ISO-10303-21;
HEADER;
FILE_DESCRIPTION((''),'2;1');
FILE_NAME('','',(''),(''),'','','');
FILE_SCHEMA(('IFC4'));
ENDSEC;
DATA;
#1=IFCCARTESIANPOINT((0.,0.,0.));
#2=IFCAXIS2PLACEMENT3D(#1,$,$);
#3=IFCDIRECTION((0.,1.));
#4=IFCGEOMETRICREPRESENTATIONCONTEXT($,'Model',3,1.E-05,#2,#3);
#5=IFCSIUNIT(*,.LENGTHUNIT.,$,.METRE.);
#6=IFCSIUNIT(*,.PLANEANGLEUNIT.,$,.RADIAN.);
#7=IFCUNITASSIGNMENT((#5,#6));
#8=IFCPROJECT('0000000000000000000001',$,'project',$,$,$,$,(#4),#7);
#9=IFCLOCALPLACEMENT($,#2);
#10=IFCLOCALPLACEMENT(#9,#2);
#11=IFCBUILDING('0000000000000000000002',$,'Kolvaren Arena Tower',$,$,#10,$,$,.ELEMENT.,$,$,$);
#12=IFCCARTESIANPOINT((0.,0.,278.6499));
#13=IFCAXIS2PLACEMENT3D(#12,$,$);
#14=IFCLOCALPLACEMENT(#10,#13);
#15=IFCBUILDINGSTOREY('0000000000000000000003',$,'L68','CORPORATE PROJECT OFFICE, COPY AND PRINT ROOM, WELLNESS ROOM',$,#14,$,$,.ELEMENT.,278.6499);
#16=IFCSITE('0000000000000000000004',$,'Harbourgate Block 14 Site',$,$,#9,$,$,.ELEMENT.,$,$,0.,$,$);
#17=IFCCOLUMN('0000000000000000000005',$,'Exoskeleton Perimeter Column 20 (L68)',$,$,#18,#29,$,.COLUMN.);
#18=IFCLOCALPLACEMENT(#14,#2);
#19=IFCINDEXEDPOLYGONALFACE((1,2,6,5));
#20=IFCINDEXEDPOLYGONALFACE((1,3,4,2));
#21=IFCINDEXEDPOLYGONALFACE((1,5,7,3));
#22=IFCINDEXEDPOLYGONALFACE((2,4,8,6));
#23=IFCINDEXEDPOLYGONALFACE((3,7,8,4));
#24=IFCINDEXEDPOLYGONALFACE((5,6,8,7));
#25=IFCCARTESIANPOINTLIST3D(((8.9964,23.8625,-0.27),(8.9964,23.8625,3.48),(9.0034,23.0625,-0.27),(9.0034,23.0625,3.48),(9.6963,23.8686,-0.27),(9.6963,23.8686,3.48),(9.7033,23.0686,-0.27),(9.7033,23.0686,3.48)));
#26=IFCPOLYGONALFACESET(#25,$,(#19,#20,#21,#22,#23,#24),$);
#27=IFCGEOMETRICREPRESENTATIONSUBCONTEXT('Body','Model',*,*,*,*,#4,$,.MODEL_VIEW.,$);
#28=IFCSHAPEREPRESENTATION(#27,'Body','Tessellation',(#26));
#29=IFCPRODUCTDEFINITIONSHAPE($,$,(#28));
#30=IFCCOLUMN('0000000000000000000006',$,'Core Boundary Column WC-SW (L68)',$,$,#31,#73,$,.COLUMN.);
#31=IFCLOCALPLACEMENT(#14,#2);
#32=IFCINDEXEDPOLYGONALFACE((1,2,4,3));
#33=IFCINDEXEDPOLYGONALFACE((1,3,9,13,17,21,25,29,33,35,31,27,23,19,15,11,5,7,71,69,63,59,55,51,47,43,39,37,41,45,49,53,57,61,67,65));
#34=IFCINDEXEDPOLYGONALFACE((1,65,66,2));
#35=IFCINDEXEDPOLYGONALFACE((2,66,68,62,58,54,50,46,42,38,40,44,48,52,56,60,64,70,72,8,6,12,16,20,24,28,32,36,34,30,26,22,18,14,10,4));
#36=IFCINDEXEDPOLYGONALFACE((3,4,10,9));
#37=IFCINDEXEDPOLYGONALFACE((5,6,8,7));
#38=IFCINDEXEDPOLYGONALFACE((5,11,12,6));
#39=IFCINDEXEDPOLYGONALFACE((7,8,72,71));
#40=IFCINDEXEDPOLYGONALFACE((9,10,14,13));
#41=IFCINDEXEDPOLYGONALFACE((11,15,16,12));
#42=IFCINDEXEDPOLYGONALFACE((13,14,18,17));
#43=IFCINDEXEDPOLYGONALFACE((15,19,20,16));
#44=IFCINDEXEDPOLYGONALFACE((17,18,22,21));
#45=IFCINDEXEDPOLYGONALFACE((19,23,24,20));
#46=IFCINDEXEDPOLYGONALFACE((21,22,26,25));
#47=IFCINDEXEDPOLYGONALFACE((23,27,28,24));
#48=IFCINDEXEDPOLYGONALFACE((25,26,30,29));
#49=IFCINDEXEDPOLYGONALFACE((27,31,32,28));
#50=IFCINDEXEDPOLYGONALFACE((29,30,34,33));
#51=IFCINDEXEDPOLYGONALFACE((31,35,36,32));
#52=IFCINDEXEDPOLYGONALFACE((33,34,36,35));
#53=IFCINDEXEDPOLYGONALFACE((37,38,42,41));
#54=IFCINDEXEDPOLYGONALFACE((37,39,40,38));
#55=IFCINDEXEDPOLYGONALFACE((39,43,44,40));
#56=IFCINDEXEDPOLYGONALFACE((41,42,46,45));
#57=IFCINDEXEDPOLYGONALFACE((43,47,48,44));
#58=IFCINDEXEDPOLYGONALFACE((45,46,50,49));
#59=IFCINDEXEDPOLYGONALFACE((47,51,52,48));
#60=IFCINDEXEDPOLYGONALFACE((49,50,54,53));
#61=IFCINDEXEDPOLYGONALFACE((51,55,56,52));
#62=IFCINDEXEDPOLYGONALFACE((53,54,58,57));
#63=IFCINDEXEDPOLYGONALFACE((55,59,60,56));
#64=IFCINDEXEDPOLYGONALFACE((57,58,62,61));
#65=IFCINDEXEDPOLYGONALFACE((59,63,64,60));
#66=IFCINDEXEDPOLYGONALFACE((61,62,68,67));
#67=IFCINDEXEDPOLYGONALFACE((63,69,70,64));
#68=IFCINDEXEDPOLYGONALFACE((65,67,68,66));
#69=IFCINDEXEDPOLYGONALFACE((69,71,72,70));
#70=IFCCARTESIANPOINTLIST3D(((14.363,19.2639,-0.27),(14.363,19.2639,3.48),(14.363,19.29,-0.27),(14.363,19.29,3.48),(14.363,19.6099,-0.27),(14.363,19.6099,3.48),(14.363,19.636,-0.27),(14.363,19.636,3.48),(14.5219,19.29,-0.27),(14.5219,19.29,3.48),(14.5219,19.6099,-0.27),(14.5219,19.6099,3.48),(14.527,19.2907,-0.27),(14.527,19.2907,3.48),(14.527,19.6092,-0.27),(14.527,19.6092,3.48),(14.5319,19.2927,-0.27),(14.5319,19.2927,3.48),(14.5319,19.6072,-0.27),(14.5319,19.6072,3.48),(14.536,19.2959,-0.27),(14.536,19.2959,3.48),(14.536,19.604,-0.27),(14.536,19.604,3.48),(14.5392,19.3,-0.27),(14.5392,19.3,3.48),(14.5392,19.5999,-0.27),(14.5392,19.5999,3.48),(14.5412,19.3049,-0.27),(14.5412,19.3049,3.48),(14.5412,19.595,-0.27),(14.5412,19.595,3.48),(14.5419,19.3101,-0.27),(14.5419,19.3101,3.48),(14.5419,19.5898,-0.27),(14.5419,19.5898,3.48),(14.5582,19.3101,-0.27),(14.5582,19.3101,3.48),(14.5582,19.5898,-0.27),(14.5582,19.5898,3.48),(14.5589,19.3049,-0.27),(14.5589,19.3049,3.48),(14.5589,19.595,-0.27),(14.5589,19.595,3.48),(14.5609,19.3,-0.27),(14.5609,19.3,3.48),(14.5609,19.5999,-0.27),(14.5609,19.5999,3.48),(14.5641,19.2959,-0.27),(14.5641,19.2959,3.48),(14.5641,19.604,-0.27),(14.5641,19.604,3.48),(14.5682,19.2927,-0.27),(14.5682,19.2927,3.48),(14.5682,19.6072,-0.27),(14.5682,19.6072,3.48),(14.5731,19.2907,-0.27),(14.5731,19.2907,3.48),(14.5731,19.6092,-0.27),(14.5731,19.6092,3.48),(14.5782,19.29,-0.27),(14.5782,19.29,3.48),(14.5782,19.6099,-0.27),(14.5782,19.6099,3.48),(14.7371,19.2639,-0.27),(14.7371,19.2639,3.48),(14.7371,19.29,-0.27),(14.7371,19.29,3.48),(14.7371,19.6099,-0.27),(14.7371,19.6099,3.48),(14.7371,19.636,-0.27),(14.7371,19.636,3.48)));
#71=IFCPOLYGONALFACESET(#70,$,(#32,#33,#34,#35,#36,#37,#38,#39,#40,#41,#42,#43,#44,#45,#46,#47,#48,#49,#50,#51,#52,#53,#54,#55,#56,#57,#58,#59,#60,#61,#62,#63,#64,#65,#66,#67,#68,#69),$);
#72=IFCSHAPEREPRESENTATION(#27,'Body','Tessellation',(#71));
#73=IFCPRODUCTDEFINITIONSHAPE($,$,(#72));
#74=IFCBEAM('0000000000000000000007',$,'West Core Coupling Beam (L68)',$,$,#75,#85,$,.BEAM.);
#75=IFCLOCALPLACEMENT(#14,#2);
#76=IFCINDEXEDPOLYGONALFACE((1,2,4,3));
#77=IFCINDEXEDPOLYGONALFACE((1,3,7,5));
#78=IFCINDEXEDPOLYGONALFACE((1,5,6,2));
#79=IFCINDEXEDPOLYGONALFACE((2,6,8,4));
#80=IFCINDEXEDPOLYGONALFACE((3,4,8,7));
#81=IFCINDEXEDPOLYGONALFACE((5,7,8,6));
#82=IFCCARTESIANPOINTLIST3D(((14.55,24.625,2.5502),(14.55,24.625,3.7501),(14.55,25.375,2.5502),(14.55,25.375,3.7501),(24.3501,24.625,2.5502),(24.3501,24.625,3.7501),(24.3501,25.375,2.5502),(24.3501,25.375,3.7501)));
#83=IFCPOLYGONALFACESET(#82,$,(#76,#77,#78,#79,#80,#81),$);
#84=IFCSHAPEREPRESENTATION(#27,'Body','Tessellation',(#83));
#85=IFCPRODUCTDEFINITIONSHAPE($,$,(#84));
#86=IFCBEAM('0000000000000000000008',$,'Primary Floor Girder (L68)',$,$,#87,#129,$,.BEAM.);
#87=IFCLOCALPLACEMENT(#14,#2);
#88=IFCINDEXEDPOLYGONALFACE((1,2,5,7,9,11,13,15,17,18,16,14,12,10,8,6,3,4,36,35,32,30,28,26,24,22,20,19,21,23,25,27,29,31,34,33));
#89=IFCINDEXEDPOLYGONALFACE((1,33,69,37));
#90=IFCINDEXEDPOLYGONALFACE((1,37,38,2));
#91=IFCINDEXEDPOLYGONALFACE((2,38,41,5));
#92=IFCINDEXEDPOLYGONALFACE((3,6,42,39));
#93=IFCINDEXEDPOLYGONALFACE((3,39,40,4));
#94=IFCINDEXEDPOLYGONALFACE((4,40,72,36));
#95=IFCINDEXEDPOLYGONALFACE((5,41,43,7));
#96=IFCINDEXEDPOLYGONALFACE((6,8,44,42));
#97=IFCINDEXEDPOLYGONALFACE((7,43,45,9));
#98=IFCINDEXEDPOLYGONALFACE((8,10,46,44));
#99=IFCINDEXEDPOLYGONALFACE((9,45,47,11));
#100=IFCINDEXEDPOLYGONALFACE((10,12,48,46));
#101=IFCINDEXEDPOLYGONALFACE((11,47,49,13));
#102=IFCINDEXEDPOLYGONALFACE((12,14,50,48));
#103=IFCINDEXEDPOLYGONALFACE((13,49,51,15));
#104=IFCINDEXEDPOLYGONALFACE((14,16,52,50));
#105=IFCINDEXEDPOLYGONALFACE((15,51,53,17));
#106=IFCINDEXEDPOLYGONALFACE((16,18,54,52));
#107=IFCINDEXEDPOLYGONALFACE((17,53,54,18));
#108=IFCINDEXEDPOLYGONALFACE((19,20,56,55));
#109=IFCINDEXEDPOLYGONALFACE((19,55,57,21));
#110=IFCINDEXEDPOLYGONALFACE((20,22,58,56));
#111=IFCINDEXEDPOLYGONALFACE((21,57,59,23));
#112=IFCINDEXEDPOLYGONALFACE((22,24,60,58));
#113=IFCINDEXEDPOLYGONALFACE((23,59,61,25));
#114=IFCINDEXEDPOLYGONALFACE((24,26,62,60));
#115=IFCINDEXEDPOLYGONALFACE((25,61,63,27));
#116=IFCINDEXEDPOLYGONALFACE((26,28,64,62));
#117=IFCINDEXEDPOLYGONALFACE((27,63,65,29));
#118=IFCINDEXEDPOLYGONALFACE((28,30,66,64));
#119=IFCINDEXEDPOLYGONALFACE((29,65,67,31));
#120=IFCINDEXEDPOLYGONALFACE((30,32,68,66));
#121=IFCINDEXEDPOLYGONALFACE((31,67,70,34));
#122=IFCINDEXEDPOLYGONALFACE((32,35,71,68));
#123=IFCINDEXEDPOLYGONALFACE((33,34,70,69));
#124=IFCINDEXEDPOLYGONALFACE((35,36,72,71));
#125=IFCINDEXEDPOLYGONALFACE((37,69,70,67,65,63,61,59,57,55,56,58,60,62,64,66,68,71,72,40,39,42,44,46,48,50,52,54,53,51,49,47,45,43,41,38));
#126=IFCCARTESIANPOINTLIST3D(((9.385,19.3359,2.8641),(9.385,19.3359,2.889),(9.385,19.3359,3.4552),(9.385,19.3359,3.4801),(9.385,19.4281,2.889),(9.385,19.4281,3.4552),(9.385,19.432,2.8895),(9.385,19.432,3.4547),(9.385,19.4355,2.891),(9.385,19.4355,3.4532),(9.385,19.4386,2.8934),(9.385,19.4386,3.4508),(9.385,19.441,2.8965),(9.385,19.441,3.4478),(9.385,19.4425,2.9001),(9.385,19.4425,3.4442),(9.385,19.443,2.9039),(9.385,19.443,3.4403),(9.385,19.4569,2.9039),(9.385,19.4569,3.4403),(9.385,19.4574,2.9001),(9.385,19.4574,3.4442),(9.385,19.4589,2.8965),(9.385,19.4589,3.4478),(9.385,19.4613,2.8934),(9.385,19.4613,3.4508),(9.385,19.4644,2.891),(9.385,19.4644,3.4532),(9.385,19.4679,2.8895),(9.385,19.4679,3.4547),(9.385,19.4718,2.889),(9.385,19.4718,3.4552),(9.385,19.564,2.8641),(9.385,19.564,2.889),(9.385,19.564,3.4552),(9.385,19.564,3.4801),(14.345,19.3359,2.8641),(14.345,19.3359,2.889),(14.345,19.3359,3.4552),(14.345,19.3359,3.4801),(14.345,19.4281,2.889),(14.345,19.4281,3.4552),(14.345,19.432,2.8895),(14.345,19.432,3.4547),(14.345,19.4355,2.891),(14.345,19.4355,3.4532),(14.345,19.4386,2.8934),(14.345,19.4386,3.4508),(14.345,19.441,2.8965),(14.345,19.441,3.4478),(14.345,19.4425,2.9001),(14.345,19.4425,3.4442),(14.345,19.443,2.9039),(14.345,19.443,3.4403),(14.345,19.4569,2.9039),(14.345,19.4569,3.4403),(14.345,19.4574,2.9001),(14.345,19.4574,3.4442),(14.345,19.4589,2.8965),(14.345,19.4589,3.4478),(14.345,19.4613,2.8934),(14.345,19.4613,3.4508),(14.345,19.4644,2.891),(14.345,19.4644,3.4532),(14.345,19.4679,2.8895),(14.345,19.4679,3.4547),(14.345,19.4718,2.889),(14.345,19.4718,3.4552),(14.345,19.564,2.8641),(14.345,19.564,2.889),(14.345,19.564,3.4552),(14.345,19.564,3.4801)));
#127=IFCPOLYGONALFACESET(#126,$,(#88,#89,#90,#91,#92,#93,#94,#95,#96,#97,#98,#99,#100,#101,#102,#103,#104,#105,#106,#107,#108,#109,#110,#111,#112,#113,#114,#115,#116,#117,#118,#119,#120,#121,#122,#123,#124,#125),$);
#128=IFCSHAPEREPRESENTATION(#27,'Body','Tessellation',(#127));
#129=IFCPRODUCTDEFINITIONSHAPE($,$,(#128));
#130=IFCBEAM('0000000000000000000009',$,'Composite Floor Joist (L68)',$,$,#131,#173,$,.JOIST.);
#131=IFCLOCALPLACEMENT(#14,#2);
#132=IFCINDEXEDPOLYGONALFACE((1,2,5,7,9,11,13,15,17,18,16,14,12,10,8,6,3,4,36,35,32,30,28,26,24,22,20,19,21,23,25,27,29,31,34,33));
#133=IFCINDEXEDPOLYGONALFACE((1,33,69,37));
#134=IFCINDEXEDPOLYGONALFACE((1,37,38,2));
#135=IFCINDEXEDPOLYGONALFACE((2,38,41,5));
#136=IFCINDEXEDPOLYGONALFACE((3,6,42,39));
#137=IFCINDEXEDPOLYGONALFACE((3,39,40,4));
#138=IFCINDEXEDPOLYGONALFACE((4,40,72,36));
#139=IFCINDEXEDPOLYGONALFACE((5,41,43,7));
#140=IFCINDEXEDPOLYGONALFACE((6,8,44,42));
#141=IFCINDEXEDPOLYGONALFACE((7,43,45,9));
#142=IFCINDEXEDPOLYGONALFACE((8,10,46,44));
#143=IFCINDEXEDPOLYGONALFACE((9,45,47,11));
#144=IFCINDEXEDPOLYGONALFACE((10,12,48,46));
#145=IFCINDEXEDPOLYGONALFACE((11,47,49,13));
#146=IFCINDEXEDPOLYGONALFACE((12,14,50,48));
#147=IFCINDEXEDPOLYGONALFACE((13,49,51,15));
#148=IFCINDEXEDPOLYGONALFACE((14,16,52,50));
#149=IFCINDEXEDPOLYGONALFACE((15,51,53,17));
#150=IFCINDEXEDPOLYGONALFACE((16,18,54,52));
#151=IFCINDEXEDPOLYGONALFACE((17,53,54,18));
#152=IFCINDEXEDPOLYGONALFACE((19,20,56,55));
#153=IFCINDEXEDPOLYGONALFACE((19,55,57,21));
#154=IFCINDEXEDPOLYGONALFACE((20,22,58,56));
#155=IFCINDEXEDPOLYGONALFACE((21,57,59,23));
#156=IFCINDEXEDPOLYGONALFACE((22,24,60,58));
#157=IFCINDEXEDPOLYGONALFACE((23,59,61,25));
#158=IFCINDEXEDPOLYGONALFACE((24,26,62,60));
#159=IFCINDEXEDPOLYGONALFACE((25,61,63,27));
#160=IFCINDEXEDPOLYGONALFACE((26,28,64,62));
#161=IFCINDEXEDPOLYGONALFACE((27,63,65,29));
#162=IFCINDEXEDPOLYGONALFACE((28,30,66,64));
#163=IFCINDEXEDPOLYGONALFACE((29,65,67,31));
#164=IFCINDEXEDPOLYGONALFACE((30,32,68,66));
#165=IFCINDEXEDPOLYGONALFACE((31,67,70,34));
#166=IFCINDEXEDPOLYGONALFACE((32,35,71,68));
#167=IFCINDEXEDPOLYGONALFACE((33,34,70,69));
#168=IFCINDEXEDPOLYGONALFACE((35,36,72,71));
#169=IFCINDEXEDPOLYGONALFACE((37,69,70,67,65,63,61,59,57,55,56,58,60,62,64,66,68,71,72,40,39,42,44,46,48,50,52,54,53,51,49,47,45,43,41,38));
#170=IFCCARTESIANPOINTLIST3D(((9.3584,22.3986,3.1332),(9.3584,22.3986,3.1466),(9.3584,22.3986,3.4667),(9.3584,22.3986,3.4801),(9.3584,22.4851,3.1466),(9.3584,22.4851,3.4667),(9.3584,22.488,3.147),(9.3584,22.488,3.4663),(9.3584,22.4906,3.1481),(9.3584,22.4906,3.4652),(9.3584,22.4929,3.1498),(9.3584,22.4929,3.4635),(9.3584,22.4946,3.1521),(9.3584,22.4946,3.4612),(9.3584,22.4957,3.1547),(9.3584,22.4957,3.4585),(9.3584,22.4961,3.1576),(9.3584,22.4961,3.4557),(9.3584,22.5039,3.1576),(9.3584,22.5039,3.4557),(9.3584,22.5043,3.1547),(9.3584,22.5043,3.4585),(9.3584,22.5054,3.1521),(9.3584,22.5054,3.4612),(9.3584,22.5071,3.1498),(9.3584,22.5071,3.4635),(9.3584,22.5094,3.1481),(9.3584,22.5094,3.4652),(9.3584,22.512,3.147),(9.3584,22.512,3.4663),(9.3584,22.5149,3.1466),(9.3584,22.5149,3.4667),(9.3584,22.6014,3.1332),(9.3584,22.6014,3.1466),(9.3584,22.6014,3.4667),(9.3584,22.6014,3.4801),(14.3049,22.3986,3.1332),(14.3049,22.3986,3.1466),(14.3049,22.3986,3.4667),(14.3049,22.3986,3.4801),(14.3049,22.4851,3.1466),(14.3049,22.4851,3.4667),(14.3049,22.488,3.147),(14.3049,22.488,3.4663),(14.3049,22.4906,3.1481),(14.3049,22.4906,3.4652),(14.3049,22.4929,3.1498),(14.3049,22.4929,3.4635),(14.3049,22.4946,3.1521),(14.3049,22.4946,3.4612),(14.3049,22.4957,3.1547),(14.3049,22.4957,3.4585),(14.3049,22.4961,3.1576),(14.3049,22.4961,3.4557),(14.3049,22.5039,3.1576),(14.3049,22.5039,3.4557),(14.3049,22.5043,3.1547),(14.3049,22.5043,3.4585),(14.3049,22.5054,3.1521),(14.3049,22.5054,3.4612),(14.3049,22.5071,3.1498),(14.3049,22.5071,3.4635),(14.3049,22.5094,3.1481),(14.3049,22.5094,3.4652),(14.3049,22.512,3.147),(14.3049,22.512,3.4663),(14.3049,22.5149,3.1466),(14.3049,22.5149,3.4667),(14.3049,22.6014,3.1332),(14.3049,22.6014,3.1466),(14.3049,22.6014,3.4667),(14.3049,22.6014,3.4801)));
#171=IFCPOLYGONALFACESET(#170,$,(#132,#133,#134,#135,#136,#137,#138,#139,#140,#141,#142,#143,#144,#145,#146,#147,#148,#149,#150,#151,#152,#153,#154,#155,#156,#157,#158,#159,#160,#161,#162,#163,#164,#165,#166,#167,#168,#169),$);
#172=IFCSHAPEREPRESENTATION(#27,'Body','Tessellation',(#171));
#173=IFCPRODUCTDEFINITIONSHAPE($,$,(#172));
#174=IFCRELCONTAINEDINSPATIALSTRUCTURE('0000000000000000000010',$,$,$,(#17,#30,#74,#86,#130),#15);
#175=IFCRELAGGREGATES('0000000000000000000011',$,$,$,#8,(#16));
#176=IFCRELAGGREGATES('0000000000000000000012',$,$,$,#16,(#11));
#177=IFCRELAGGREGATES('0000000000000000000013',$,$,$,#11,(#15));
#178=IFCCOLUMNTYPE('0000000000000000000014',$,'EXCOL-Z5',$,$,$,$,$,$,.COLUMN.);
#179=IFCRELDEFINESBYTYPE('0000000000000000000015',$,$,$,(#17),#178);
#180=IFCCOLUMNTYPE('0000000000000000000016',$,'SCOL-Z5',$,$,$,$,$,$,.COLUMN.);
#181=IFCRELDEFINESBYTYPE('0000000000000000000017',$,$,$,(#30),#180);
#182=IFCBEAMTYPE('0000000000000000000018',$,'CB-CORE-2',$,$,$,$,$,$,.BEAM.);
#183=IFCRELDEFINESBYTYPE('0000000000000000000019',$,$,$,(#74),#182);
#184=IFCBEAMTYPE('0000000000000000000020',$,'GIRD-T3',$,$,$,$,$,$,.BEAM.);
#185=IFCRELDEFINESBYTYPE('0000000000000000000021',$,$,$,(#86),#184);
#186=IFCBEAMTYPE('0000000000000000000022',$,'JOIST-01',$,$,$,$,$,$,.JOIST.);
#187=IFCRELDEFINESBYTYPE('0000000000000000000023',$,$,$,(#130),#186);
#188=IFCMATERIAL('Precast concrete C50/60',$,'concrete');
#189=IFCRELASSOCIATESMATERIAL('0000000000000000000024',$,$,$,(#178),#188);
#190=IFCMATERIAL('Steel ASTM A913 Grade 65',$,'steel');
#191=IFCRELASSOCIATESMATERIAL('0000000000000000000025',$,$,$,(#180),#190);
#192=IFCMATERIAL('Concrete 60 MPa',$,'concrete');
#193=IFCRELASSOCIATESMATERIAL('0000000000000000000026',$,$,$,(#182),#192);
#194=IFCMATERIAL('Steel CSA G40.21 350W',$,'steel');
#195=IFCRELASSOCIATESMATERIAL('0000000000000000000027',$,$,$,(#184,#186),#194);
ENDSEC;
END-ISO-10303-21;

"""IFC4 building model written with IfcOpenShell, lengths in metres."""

from ifc_helpers import new_model, si_unit, direction, frame, origin, origin_2d, place, context, subcontext, project, spatial, rectangle, i_section, extrude, material, material_profile, profile_set, type_object, element, save


model = new_model("IFC4")

# Units and contexts
model_context = context("Model", 3, precision=1e-05, world=origin(), true_north=direction((0.0, 1.0)))
body_context = subcontext(model_context, "Body", "Model", "MODEL_VIEW")
ifc_project = project(units=[si_unit("LENGTHUNIT", "METRE"), si_unit("PLANEANGLEUNIT", "RADIAN")], contexts=[model_context])

# Site, building, storey
site_placement = place(None, origin())
site = spatial("IfcSite", under=ifc_project, at=site_placement, Name="Harbourgate Block 14 Site", CompositionType="ELEMENT", RefElevation=0.0)
building_placement = place(site_placement, origin())
building = spatial("IfcBuilding", under=site, at=building_placement, Name="Kolvaren Arena Tower", CompositionType="ELEMENT")
storey_placement = place(building_placement, frame((0.0, 0.0, 278.6499)))
storey = spatial("IfcBuildingStorey", under=building, at=storey_placement, Name="L68", Description="CORPORATE PROJECT OFFICE, COPY AND PRINT ROOM, WELLNESS ROOM", CompositionType="ELEMENT", Elevation=278.6499)

# Columns
ifc_material_1 = material(Name="Precast concrete C50/60", Category="concrete")
ifc_material_profile_1 = material_profile(ifc_material_1, rectangle(XDim=0.8, YDim=0.7, at=origin_2d()), Name="RC-800x700")
ifc_profile_set_1 = profile_set([ifc_material_profile_1], Name="Precast concrete C50/60")
column_type_1 = type_object("IfcColumnType", Name="EXCOL-Z5", PredefinedType="COLUMN", material=ifc_profile_set_1)
column_1_placement = place(storey_placement, frame((9.3499, 23.4656, -0.27), z_axis=(0.0, 0.0, 1.0), x_axis=(-0.008727, 0.999962, 0.0)))
element("IfcColumn", 1, at=column_1_placement, inside=storey, type_object=column_type_1, Name="Exoskeleton Perimeter Column 20 (L68)", PredefinedType="COLUMN", context=body_context, shape_type="SweptSolid", body=[
    extrude(rectangle(XDim=0.8, YDim=0.7, at=origin_2d()), origin(), (0.0, 0.0, 1.0), 3.75),
])
ifc_material_2 = material(Name="Steel ASTM A913 Grade 65", Category="steel")
ifc_material_profile_2 = material_profile(ifc_material_2, i_section(OverallWidth=0.374, OverallDepth=0.3721, WebThickness=0.0164, FlangeThickness=0.0261, FilletRadius=0.02, at=origin_2d()), Name="W360x196")
ifc_profile_set_2 = profile_set([ifc_material_profile_2], Name="Steel ASTM A913 Grade 65")
column_type_2 = type_object("IfcColumnType", Name="SCOL-Z5", PredefinedType="COLUMN", material=ifc_profile_set_2)
column_2_placement = place(storey_placement, frame((14.55, 19.45, -0.27), z_axis=(0.0, 0.0, 1.0), x_axis=(1.0, 0.0, 0.0)))
element("IfcColumn", 2, at=column_2_placement, inside=storey, type_object=column_type_2, Name="Core Boundary Column WC-SW (L68)", PredefinedType="COLUMN", context=body_context, shape_type="SweptSolid", body=[
    extrude(i_section(OverallWidth=0.374, OverallDepth=0.3721, WebThickness=0.0164, FlangeThickness=0.0261, FilletRadius=0.02, at=origin_2d()), origin(), (0.0, 0.0, 1.0), 3.75),
])

# Beams
ifc_material_3 = material(Name="Concrete 60 MPa", Category="concrete")
ifc_material_profile_3 = material_profile(ifc_material_3, rectangle(XDim=0.75, YDim=1.2, at=origin_2d()), Name="RC-750x1200")
ifc_profile_set_3 = profile_set([ifc_material_profile_3], Name="Concrete 60 MPa")
beam_type_1 = type_object("IfcBeamType", Name="CB-CORE-2", PredefinedType="BEAM", material=ifc_profile_set_3)
beam_1_placement = place(storey_placement, frame((14.55, 25.0, 3.1501), z_axis=(1.0, 0.0, 0.0), x_axis=(0.0, 1.0, 0.0)))
element("IfcBeam", 3, at=beam_1_placement, inside=storey, type_object=beam_type_1, Name="West Core Coupling Beam (L68)", PredefinedType="BEAM", context=body_context, shape_type="SweptSolid", body=[
    extrude(rectangle(XDim=0.75, YDim=1.2, at=origin_2d()), origin(), (0.0, 0.0, 1.0), 9.8),
])
ifc_material_4 = material(Name="Steel CSA G40.21 350W", Category="steel")
ifc_material_profile_4 = material_profile(ifc_material_4, i_section(OverallWidth=0.228, OverallDepth=0.616, WebThickness=0.0139, FlangeThickness=0.0249, FilletRadius=0.0149, at=origin_2d()), Name="W610x174")
ifc_profile_set_4 = profile_set([ifc_material_profile_4], Name="Steel CSA G40.21 350W")
beam_type_2 = type_object("IfcBeamType", Name="GIRD-T3", PredefinedType="BEAM", material=ifc_profile_set_4)
beam_2_placement = place(storey_placement, frame((9.385, 19.45, 3.1721), z_axis=(1.0, 0.0, 0.0), x_axis=(0.0, 1.0, 0.0)))
element("IfcBeam", 4, at=beam_2_placement, inside=storey, type_object=beam_type_2, Name="Primary Floor Girder (L68)", PredefinedType="BEAM", context=body_context, shape_type="SweptSolid", body=[
    extrude(i_section(OverallWidth=0.228, OverallDepth=0.616, WebThickness=0.0139, FlangeThickness=0.0249, FilletRadius=0.0149, at=origin_2d()), origin(), (0.0, 0.0, 1.0), 4.96),
])
ifc_material_profile_5 = material_profile(ifc_material_4, i_section(OverallWidth=0.2029, OverallDepth=0.3469, WebThickness=0.0078, FlangeThickness=0.0134, FilletRadius=0.011, at=origin_2d()), Name="W360x64")
ifc_profile_set_5 = profile_set([ifc_material_profile_5], Name="Steel CSA G40.21 350W")
beam_type_3 = type_object("IfcBeamType", Name="JOIST-01", PredefinedType="JOIST", material=ifc_profile_set_5)
beam_3_placement = place(storey_placement, frame((9.3584, 22.5, 3.3066), z_axis=(1.0, 0.0, 0.0), x_axis=(0.0, 1.0, 0.0)))
element("IfcBeam", 5, at=beam_3_placement, inside=storey, type_object=beam_type_3, Name="Composite Floor Joist (L68)", PredefinedType="JOIST", context=body_context, shape_type="SweptSolid", body=[
    extrude(i_section(OverallWidth=0.2029, OverallDepth=0.3469, WebThickness=0.0078, FlangeThickness=0.0134, FilletRadius=0.011, at=origin_2d()), origin(), (0.0, 0.0, 1.0), 4.9465),
])

save(model, "model.ifc")
